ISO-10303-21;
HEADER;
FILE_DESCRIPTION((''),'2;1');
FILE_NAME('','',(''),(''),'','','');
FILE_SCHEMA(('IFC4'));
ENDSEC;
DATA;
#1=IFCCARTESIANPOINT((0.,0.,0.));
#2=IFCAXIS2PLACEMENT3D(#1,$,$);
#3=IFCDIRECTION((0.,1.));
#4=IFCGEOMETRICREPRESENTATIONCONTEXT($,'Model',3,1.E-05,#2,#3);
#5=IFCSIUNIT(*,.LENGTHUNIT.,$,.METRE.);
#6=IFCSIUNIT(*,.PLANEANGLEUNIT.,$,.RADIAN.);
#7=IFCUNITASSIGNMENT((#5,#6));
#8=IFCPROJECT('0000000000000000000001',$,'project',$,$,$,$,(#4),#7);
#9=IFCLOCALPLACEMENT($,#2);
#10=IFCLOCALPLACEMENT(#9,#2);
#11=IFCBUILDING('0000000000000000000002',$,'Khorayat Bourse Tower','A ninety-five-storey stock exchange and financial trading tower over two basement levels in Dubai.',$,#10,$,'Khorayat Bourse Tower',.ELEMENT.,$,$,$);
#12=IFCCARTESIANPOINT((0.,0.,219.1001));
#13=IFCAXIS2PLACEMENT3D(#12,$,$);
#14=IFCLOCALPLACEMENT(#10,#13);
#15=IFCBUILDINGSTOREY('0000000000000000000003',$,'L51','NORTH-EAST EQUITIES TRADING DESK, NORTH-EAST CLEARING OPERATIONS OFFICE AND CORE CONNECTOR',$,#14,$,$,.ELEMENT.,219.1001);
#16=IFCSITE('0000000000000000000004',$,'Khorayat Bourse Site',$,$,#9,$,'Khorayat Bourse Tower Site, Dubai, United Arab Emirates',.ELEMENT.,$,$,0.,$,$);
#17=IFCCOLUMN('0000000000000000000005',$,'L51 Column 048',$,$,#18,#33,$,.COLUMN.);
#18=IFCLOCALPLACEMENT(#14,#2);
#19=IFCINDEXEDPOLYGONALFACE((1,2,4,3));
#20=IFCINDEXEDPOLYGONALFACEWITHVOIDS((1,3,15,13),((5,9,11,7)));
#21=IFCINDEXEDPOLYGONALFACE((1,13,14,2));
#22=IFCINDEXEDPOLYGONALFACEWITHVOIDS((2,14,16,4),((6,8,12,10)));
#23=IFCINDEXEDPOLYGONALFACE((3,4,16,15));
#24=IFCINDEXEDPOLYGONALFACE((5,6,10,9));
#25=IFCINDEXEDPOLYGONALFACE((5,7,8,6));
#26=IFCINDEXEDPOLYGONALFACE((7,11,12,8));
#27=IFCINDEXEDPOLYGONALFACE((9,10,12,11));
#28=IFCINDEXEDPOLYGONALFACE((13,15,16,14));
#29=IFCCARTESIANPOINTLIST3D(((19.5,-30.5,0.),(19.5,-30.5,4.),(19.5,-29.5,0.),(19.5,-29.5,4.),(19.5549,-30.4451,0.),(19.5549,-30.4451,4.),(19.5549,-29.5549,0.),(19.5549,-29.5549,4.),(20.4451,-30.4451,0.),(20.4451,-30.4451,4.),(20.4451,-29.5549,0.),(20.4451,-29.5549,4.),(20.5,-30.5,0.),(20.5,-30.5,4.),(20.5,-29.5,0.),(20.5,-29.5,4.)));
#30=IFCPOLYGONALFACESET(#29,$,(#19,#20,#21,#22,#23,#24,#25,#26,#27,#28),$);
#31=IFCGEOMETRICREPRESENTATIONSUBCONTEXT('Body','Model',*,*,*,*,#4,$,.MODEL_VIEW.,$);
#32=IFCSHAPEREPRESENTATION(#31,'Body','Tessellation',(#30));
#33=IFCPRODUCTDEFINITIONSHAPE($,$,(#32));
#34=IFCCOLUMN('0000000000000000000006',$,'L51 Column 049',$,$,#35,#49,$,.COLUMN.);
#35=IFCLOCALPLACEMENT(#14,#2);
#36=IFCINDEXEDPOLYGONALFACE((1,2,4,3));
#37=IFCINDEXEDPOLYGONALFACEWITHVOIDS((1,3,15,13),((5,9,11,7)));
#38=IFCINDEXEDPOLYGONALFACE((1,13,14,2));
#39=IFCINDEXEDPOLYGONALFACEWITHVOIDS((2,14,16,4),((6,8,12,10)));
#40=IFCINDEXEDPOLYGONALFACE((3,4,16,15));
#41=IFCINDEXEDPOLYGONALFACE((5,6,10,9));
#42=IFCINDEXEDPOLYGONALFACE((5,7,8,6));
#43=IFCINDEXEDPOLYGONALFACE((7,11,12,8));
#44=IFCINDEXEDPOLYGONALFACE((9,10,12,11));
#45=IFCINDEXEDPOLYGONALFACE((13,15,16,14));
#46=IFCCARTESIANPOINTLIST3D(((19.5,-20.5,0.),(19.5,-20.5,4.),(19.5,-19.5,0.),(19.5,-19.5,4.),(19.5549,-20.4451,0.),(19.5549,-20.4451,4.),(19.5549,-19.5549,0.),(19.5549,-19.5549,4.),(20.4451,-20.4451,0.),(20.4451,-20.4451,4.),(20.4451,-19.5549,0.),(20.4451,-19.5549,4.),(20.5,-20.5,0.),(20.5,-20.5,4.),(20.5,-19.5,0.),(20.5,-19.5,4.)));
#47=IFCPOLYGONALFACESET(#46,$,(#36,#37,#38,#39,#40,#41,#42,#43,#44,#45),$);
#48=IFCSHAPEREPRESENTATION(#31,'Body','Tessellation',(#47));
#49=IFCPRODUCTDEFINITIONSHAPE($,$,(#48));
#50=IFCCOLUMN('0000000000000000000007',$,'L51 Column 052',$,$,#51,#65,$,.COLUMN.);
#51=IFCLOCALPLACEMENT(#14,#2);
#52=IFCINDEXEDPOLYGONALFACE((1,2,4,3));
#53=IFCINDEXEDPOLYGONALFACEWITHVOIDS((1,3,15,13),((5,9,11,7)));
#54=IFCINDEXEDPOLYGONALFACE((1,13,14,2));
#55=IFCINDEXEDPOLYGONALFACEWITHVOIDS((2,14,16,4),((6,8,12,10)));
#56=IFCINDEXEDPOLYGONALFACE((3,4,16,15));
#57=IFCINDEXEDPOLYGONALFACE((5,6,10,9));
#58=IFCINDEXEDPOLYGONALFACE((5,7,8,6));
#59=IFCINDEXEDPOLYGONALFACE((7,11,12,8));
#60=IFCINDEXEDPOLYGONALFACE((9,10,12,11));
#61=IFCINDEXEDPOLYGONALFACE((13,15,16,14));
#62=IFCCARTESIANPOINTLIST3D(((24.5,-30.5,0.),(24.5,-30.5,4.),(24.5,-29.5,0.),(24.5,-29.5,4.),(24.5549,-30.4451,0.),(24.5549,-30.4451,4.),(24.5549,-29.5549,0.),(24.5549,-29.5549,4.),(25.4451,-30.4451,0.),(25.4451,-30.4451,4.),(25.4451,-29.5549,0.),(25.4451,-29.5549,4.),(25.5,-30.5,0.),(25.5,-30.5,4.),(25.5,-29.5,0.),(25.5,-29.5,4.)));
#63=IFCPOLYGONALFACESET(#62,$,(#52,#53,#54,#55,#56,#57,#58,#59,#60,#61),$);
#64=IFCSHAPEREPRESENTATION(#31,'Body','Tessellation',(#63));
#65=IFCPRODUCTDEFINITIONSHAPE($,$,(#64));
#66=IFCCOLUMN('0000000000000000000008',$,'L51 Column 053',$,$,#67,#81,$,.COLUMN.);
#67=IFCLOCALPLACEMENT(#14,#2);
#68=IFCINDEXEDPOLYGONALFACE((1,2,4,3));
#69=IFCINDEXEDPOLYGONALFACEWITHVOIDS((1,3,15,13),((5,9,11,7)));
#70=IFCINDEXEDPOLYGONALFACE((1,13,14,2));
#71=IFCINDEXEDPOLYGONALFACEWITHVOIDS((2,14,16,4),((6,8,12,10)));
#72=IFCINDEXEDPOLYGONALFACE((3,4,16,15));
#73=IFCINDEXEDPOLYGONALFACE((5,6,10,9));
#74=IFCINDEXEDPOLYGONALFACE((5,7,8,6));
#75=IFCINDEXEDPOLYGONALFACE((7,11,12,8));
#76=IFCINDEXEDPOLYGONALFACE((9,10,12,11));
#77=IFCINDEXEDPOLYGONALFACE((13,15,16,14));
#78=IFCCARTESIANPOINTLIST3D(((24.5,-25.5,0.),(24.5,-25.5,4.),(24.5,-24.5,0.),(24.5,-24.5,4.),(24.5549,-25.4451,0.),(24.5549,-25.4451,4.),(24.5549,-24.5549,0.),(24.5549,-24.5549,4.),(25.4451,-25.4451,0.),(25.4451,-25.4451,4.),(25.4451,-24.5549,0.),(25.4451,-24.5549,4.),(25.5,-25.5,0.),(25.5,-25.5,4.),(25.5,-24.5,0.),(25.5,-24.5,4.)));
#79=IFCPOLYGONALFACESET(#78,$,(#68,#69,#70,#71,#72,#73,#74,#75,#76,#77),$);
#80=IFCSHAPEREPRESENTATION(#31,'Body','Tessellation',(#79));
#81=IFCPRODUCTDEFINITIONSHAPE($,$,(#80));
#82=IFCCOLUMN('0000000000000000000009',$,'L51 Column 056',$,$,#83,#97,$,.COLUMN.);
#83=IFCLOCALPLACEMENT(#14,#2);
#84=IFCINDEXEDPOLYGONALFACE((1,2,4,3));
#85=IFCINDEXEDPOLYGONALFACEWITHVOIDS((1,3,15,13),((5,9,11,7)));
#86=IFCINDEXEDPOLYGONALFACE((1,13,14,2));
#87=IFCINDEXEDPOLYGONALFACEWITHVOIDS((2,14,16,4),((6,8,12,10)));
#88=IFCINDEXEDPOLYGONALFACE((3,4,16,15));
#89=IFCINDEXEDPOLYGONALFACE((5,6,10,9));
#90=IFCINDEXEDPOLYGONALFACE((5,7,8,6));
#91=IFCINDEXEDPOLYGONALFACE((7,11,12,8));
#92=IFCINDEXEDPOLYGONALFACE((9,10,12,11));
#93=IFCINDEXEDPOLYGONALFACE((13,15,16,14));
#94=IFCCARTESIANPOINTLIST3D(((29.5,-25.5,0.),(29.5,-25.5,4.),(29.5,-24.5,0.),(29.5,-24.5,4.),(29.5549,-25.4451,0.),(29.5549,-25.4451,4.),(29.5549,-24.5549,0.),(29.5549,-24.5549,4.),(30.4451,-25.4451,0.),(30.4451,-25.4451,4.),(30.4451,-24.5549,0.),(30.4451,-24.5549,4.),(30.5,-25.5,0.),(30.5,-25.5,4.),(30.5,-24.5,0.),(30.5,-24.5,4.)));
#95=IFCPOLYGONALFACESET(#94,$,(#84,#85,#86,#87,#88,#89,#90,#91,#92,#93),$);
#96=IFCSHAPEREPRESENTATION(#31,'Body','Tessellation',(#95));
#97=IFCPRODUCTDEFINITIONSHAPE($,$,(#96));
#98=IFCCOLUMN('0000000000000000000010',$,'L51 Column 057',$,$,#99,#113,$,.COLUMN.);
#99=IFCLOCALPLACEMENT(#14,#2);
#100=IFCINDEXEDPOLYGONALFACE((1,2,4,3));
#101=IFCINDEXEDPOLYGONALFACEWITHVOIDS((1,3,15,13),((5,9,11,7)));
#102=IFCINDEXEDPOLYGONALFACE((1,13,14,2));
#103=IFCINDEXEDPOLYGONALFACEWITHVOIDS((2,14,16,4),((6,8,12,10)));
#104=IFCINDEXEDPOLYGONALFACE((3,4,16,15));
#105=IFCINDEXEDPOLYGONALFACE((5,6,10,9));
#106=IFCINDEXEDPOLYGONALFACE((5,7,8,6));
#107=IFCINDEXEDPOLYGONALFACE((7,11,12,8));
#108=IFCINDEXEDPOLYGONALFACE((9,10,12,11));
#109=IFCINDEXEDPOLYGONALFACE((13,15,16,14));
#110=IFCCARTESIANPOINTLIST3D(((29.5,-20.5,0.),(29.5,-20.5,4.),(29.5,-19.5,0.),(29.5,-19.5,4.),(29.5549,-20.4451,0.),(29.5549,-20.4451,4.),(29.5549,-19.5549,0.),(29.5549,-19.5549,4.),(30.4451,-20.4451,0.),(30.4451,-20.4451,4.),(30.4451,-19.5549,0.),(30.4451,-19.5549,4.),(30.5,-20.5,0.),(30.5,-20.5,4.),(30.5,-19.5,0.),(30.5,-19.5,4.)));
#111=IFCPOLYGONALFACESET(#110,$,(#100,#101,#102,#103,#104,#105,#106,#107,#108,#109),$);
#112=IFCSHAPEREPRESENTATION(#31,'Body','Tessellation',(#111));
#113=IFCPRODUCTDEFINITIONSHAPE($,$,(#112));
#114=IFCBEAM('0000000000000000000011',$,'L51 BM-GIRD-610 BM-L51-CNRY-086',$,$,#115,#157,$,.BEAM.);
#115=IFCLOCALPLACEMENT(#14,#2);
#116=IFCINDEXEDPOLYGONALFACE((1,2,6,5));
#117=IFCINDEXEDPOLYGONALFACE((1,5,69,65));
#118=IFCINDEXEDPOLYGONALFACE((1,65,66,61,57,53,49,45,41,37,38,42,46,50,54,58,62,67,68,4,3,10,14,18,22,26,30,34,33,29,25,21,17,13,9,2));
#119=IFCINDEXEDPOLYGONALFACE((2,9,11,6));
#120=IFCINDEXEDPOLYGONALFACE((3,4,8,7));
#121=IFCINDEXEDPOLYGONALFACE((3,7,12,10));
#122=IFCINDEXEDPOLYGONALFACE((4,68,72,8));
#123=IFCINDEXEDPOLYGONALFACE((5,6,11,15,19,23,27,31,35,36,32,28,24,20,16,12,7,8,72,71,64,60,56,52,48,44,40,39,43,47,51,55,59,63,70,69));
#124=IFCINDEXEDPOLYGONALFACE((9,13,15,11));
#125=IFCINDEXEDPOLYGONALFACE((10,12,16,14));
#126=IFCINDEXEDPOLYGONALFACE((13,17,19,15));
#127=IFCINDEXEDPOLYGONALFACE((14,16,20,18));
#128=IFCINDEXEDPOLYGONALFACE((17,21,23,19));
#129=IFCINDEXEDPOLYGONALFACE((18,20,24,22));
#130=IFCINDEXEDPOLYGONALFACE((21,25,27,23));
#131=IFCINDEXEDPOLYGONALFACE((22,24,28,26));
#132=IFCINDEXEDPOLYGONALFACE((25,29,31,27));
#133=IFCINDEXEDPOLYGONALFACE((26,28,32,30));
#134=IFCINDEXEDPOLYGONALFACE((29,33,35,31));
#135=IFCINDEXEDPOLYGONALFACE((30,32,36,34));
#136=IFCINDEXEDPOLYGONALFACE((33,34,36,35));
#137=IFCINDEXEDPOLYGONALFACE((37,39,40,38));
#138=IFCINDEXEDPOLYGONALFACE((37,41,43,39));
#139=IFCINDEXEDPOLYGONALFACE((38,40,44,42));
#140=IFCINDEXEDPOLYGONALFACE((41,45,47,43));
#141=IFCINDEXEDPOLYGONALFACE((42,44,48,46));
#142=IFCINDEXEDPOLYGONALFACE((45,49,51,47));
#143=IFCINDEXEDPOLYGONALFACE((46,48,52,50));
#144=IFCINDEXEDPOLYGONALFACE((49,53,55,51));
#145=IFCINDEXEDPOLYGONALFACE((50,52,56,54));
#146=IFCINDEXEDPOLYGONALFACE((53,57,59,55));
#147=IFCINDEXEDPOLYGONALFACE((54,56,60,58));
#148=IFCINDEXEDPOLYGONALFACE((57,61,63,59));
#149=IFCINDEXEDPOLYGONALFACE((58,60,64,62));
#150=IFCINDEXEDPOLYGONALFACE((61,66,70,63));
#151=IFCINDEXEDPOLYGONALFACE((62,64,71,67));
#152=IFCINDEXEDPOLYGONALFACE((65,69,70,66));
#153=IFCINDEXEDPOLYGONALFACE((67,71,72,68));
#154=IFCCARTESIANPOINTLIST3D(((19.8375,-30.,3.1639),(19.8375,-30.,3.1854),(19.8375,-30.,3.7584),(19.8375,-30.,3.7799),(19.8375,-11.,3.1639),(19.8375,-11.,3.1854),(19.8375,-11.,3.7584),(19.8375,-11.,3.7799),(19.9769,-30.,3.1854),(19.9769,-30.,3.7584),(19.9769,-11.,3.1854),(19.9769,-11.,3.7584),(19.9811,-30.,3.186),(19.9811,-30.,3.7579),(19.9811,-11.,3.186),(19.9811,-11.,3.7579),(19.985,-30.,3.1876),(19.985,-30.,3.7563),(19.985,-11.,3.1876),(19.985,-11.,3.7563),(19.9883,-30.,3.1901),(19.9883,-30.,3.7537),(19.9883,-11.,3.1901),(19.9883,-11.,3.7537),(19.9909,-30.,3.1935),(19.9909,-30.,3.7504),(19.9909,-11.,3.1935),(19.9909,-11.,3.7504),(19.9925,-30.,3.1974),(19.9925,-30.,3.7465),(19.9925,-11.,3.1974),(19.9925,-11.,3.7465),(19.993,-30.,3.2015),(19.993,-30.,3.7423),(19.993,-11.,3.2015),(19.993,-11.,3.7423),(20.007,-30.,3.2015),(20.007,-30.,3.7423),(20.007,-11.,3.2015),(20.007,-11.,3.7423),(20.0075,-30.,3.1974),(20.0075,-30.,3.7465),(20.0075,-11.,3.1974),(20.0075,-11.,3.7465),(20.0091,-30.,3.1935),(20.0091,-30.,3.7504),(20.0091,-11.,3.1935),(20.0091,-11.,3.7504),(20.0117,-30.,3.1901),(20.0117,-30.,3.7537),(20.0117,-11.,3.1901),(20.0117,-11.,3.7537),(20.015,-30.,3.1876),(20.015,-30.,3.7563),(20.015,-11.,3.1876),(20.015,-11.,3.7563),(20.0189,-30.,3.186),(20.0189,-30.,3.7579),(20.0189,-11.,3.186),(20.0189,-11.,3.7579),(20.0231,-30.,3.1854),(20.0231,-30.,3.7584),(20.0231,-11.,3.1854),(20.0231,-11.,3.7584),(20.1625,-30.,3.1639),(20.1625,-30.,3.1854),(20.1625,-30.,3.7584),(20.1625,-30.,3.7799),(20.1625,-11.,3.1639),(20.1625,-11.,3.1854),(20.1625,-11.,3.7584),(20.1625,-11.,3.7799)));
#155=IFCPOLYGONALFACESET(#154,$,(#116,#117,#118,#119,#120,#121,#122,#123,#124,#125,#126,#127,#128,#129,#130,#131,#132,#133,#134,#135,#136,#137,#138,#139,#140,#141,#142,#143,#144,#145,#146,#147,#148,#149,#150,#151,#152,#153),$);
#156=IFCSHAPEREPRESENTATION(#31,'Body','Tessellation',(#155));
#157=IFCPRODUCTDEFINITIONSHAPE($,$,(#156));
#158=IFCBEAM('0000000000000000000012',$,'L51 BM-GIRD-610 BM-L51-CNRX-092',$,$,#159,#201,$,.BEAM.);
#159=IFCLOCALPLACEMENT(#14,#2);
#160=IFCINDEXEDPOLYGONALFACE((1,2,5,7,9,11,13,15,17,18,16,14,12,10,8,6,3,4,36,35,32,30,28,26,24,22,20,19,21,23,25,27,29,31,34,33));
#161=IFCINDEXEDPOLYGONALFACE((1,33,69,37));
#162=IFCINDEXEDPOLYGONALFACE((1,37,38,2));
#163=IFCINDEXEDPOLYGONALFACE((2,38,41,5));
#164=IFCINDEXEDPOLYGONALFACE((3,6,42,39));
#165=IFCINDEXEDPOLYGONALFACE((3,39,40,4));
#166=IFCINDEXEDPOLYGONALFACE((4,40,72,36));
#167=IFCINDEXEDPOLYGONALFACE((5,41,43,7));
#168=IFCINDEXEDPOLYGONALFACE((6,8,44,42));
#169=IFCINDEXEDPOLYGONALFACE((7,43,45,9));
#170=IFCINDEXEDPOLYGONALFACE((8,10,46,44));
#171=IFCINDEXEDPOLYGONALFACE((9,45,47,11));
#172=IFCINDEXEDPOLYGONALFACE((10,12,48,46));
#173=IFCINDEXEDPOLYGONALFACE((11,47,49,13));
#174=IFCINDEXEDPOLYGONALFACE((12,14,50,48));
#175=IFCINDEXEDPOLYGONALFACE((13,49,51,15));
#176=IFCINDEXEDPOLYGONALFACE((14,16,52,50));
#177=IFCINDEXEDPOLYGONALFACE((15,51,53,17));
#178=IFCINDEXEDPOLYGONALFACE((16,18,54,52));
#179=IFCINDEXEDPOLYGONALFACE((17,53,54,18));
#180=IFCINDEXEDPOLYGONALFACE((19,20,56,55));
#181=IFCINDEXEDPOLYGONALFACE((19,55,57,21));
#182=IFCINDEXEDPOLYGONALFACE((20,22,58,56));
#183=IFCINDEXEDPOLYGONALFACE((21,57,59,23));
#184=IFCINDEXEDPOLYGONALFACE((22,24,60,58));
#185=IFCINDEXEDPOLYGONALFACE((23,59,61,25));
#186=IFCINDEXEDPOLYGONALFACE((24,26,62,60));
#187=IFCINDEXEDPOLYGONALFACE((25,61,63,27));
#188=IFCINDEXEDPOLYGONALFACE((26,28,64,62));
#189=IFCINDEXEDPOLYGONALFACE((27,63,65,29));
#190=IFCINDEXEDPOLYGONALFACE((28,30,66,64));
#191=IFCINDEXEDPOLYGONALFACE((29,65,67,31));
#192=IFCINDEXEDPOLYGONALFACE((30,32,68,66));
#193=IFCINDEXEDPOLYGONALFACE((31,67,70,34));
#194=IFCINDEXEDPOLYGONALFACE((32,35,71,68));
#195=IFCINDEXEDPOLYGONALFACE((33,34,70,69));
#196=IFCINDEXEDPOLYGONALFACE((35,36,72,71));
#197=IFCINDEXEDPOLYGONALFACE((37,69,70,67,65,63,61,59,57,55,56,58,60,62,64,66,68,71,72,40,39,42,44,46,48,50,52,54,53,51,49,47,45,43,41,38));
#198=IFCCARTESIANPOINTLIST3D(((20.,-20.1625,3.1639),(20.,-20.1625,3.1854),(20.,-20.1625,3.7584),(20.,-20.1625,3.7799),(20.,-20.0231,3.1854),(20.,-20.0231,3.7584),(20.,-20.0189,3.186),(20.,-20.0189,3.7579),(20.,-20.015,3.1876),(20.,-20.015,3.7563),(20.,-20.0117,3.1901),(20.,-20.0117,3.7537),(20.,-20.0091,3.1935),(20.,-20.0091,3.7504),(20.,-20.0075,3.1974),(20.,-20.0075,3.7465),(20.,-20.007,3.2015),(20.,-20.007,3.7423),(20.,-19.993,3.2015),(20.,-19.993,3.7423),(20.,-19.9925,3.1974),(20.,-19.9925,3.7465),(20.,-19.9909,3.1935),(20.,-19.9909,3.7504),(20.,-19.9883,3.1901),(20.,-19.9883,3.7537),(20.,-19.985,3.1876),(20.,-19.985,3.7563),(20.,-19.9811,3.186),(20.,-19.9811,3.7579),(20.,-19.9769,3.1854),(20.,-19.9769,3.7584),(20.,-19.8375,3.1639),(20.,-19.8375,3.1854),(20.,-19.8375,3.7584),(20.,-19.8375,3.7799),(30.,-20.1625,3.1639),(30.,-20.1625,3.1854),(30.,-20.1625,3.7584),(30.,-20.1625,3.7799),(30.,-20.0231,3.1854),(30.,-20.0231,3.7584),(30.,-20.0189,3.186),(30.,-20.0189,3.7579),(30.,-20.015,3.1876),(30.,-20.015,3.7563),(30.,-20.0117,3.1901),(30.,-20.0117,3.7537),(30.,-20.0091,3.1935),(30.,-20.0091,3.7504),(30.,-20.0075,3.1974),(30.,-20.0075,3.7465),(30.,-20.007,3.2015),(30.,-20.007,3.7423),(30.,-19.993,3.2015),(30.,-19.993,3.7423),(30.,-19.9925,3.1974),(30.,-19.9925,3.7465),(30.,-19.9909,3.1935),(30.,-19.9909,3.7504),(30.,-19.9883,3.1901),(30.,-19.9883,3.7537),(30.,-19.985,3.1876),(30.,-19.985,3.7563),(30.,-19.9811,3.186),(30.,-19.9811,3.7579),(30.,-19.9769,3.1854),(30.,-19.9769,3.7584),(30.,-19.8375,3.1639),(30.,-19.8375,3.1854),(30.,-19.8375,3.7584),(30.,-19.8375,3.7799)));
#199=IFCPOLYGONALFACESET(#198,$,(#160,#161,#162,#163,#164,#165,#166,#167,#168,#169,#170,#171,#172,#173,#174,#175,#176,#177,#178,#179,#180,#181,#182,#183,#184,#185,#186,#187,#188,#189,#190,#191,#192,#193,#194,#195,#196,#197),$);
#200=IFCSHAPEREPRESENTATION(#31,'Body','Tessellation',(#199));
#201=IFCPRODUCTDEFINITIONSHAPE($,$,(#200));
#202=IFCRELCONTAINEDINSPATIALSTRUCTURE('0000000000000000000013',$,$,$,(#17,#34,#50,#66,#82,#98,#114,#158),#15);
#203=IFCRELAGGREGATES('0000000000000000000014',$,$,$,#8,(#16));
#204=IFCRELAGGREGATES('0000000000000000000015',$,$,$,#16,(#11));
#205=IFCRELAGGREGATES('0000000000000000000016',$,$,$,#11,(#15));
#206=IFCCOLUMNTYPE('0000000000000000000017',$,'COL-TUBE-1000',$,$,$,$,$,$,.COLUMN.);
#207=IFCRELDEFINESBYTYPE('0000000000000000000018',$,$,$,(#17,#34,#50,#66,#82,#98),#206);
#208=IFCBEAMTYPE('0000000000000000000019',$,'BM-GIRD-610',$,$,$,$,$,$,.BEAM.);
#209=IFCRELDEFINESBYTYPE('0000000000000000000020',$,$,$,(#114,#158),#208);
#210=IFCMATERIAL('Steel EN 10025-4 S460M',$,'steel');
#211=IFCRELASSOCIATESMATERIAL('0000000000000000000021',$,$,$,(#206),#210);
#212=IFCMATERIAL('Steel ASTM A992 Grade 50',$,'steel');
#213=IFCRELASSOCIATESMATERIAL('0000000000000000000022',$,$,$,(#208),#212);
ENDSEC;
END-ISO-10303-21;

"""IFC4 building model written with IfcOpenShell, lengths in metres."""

from ifc_helpers import new_model, si_unit, direction, frame, origin, origin_2d, place, context, subcontext, project, spatial, hollow_rectangle, i_section, extrude, source, transform, mapped, material, material_profile, profile_set, type_object, element, save


model = new_model("IFC4")

# Units and contexts
model_context = context("Model", 3, precision=1e-05, world=origin(), true_north=direction((0.0, 1.0)))
body_context = subcontext(model_context, "Body", "Model", "MODEL_VIEW")
ifc_project = project(units=[si_unit("LENGTHUNIT", "METRE"), si_unit("PLANEANGLEUNIT", "RADIAN")], contexts=[model_context])

# Site, building, storey
site_placement = place(None, origin())
site = spatial("IfcSite", under=ifc_project, at=site_placement, Name="Khorayat Bourse Site", LongName="Khorayat Bourse Tower Site, Dubai, United Arab Emirates", CompositionType="ELEMENT", RefElevation=0.0)
building_placement = place(site_placement, origin())
building = spatial("IfcBuilding", under=site, at=building_placement, Name="Khorayat Bourse Tower", Description="A ninety-five-storey stock exchange and financial trading tower over two basement levels in Dubai.", LongName="Khorayat Bourse Tower", CompositionType="ELEMENT")
storey_placement = place(building_placement, frame((0.0, 0.0, 219.1001)))
storey = spatial("IfcBuildingStorey", under=building, at=storey_placement, Name="L51", Description="NORTH-EAST EQUITIES TRADING DESK, NORTH-EAST CLEARING OPERATIONS OFFICE AND CORE CONNECTOR", CompositionType="ELEMENT", Elevation=219.1001)

# Columns
ifc_material_1 = material(Name="Steel EN 10025-4 S460M", Category="steel")
ifc_material_profile_1 = material_profile(ifc_material_1, hollow_rectangle(XDim=1.0, YDim=1.0, WallThickness=0.0549, at=origin_2d()), Name="BOX 1000x1000x55")
ifc_profile_set_1 = profile_set([ifc_material_profile_1], Name="Steel EN 10025-4 S460M")
column_type = type_object("IfcColumnType", Name="COL-TUBE-1000", PredefinedType="COLUMN", material=ifc_profile_set_1)
shared_shape_1 = source(origin(), body_context, "Body", "SweptSolid", [
    extrude(hollow_rectangle(XDim=1.0, YDim=1.0, WallThickness=0.0549, at=origin_2d()), origin(), (0.0, 0.0, 1.0), 4.0),
])
for number, where, z_axis, x_axis, name in (
    (1, (20.0, -30.0, 0.0), (0.0, 0.0, 1.0), (1.0, 0.0, 0.0), "L51 Column 048"),
    (2, (20.0, -20.0, 0.0), (0.0, 0.0, 1.0), (1.0, 0.0, 0.0), "L51 Column 049"),
    (3, (25.0, -30.0, 0.0), (0.0, 0.0, 1.0), (1.0, 0.0, 0.0), "L51 Column 052"),
    (4, (25.0, -25.0, 0.0), (0.0, 0.0, 1.0), (1.0, 0.0, 0.0), "L51 Column 053"),
    (5, (30.0, -25.0, 0.0), (0.0, 0.0, 1.0), (1.0, 0.0, 0.0), "L51 Column 056"),
    (6, (30.0, -20.0, 0.0), (0.0, 0.0, 1.0), (1.0, 0.0, 0.0), "L51 Column 057"),
):
    element("IfcColumn", number, at=place(storey_placement, frame(where, z_axis=z_axis, x_axis=x_axis)), inside=storey, type_object=column_type, Name=name, PredefinedType="COLUMN", context=body_context, shape_type="MappedRepresentation", body=[
        mapped(shared_shape_1, transform((0.0, 0.0, 0.0), scale=1.0)),
    ])

# Beams
ifc_material_2 = material(Name="Steel ASTM A992 Grade 50", Category="steel")
ifc_material_profile_2 = material_profile(ifc_material_2, i_section(OverallWidth=0.325, OverallDepth=0.616, WebThickness=0.0139, FlangeThickness=0.0215, FilletRadius=0.0161, at=origin_2d()), Name="W610X174")
ifc_profile_set_2 = profile_set([ifc_material_profile_2], Name="Steel ASTM A992 Grade 50")
beam_type_1 = type_object("IfcBeamType", Name="BM-GIRD-610", PredefinedType="BEAM", material=ifc_profile_set_2)
shared_shape_2 = source(origin(), body_context, "Body", "SweptSolid", [
    extrude(i_section(OverallWidth=0.325, OverallDepth=0.616, WebThickness=0.0139, FlangeThickness=0.0215, FilletRadius=0.0161, at=origin_2d()), origin(), (0.0, 0.0, 1.0), 19.0),
])
beam_1_placement = place(storey_placement, frame((20.0, -30.0, 3.4719), z_axis=(0.0, 1.0, 0.0), x_axis=(-1.0, 0.0, 0.0)))
element("IfcBeam", 7, at=beam_1_placement, inside=storey, type_object=beam_type_1, Name="L51 BM-GIRD-610 BM-L51-CNRY-086", PredefinedType="BEAM", context=body_context, shape_type="MappedRepresentation", body=[
    mapped(shared_shape_2, transform((0.0, 0.0, 0.0), scale=1.0)),
])
shared_shape_3 = source(origin(), body_context, "Body", "SweptSolid", [
    extrude(i_section(OverallWidth=0.325, OverallDepth=0.616, WebThickness=0.0139, FlangeThickness=0.0215, FilletRadius=0.0161, at=origin_2d()), origin(), (0.0, 0.0, 1.0), 10.0),
])
beam_2_placement = place(storey_placement, frame((20.0, -20.0, 3.4719), z_axis=(1.0, 0.0, 0.0), x_axis=(0.0, 1.0, 0.0)))
element("IfcBeam", 8, at=beam_2_placement, inside=storey, type_object=beam_type_1, Name="L51 BM-GIRD-610 BM-L51-CNRX-092", PredefinedType="BEAM", context=body_context, shape_type="MappedRepresentation", body=[
    mapped(shared_shape_3, transform((0.0, 0.0, 0.0), scale=1.0)),
])

save(model, "model.ifc")
